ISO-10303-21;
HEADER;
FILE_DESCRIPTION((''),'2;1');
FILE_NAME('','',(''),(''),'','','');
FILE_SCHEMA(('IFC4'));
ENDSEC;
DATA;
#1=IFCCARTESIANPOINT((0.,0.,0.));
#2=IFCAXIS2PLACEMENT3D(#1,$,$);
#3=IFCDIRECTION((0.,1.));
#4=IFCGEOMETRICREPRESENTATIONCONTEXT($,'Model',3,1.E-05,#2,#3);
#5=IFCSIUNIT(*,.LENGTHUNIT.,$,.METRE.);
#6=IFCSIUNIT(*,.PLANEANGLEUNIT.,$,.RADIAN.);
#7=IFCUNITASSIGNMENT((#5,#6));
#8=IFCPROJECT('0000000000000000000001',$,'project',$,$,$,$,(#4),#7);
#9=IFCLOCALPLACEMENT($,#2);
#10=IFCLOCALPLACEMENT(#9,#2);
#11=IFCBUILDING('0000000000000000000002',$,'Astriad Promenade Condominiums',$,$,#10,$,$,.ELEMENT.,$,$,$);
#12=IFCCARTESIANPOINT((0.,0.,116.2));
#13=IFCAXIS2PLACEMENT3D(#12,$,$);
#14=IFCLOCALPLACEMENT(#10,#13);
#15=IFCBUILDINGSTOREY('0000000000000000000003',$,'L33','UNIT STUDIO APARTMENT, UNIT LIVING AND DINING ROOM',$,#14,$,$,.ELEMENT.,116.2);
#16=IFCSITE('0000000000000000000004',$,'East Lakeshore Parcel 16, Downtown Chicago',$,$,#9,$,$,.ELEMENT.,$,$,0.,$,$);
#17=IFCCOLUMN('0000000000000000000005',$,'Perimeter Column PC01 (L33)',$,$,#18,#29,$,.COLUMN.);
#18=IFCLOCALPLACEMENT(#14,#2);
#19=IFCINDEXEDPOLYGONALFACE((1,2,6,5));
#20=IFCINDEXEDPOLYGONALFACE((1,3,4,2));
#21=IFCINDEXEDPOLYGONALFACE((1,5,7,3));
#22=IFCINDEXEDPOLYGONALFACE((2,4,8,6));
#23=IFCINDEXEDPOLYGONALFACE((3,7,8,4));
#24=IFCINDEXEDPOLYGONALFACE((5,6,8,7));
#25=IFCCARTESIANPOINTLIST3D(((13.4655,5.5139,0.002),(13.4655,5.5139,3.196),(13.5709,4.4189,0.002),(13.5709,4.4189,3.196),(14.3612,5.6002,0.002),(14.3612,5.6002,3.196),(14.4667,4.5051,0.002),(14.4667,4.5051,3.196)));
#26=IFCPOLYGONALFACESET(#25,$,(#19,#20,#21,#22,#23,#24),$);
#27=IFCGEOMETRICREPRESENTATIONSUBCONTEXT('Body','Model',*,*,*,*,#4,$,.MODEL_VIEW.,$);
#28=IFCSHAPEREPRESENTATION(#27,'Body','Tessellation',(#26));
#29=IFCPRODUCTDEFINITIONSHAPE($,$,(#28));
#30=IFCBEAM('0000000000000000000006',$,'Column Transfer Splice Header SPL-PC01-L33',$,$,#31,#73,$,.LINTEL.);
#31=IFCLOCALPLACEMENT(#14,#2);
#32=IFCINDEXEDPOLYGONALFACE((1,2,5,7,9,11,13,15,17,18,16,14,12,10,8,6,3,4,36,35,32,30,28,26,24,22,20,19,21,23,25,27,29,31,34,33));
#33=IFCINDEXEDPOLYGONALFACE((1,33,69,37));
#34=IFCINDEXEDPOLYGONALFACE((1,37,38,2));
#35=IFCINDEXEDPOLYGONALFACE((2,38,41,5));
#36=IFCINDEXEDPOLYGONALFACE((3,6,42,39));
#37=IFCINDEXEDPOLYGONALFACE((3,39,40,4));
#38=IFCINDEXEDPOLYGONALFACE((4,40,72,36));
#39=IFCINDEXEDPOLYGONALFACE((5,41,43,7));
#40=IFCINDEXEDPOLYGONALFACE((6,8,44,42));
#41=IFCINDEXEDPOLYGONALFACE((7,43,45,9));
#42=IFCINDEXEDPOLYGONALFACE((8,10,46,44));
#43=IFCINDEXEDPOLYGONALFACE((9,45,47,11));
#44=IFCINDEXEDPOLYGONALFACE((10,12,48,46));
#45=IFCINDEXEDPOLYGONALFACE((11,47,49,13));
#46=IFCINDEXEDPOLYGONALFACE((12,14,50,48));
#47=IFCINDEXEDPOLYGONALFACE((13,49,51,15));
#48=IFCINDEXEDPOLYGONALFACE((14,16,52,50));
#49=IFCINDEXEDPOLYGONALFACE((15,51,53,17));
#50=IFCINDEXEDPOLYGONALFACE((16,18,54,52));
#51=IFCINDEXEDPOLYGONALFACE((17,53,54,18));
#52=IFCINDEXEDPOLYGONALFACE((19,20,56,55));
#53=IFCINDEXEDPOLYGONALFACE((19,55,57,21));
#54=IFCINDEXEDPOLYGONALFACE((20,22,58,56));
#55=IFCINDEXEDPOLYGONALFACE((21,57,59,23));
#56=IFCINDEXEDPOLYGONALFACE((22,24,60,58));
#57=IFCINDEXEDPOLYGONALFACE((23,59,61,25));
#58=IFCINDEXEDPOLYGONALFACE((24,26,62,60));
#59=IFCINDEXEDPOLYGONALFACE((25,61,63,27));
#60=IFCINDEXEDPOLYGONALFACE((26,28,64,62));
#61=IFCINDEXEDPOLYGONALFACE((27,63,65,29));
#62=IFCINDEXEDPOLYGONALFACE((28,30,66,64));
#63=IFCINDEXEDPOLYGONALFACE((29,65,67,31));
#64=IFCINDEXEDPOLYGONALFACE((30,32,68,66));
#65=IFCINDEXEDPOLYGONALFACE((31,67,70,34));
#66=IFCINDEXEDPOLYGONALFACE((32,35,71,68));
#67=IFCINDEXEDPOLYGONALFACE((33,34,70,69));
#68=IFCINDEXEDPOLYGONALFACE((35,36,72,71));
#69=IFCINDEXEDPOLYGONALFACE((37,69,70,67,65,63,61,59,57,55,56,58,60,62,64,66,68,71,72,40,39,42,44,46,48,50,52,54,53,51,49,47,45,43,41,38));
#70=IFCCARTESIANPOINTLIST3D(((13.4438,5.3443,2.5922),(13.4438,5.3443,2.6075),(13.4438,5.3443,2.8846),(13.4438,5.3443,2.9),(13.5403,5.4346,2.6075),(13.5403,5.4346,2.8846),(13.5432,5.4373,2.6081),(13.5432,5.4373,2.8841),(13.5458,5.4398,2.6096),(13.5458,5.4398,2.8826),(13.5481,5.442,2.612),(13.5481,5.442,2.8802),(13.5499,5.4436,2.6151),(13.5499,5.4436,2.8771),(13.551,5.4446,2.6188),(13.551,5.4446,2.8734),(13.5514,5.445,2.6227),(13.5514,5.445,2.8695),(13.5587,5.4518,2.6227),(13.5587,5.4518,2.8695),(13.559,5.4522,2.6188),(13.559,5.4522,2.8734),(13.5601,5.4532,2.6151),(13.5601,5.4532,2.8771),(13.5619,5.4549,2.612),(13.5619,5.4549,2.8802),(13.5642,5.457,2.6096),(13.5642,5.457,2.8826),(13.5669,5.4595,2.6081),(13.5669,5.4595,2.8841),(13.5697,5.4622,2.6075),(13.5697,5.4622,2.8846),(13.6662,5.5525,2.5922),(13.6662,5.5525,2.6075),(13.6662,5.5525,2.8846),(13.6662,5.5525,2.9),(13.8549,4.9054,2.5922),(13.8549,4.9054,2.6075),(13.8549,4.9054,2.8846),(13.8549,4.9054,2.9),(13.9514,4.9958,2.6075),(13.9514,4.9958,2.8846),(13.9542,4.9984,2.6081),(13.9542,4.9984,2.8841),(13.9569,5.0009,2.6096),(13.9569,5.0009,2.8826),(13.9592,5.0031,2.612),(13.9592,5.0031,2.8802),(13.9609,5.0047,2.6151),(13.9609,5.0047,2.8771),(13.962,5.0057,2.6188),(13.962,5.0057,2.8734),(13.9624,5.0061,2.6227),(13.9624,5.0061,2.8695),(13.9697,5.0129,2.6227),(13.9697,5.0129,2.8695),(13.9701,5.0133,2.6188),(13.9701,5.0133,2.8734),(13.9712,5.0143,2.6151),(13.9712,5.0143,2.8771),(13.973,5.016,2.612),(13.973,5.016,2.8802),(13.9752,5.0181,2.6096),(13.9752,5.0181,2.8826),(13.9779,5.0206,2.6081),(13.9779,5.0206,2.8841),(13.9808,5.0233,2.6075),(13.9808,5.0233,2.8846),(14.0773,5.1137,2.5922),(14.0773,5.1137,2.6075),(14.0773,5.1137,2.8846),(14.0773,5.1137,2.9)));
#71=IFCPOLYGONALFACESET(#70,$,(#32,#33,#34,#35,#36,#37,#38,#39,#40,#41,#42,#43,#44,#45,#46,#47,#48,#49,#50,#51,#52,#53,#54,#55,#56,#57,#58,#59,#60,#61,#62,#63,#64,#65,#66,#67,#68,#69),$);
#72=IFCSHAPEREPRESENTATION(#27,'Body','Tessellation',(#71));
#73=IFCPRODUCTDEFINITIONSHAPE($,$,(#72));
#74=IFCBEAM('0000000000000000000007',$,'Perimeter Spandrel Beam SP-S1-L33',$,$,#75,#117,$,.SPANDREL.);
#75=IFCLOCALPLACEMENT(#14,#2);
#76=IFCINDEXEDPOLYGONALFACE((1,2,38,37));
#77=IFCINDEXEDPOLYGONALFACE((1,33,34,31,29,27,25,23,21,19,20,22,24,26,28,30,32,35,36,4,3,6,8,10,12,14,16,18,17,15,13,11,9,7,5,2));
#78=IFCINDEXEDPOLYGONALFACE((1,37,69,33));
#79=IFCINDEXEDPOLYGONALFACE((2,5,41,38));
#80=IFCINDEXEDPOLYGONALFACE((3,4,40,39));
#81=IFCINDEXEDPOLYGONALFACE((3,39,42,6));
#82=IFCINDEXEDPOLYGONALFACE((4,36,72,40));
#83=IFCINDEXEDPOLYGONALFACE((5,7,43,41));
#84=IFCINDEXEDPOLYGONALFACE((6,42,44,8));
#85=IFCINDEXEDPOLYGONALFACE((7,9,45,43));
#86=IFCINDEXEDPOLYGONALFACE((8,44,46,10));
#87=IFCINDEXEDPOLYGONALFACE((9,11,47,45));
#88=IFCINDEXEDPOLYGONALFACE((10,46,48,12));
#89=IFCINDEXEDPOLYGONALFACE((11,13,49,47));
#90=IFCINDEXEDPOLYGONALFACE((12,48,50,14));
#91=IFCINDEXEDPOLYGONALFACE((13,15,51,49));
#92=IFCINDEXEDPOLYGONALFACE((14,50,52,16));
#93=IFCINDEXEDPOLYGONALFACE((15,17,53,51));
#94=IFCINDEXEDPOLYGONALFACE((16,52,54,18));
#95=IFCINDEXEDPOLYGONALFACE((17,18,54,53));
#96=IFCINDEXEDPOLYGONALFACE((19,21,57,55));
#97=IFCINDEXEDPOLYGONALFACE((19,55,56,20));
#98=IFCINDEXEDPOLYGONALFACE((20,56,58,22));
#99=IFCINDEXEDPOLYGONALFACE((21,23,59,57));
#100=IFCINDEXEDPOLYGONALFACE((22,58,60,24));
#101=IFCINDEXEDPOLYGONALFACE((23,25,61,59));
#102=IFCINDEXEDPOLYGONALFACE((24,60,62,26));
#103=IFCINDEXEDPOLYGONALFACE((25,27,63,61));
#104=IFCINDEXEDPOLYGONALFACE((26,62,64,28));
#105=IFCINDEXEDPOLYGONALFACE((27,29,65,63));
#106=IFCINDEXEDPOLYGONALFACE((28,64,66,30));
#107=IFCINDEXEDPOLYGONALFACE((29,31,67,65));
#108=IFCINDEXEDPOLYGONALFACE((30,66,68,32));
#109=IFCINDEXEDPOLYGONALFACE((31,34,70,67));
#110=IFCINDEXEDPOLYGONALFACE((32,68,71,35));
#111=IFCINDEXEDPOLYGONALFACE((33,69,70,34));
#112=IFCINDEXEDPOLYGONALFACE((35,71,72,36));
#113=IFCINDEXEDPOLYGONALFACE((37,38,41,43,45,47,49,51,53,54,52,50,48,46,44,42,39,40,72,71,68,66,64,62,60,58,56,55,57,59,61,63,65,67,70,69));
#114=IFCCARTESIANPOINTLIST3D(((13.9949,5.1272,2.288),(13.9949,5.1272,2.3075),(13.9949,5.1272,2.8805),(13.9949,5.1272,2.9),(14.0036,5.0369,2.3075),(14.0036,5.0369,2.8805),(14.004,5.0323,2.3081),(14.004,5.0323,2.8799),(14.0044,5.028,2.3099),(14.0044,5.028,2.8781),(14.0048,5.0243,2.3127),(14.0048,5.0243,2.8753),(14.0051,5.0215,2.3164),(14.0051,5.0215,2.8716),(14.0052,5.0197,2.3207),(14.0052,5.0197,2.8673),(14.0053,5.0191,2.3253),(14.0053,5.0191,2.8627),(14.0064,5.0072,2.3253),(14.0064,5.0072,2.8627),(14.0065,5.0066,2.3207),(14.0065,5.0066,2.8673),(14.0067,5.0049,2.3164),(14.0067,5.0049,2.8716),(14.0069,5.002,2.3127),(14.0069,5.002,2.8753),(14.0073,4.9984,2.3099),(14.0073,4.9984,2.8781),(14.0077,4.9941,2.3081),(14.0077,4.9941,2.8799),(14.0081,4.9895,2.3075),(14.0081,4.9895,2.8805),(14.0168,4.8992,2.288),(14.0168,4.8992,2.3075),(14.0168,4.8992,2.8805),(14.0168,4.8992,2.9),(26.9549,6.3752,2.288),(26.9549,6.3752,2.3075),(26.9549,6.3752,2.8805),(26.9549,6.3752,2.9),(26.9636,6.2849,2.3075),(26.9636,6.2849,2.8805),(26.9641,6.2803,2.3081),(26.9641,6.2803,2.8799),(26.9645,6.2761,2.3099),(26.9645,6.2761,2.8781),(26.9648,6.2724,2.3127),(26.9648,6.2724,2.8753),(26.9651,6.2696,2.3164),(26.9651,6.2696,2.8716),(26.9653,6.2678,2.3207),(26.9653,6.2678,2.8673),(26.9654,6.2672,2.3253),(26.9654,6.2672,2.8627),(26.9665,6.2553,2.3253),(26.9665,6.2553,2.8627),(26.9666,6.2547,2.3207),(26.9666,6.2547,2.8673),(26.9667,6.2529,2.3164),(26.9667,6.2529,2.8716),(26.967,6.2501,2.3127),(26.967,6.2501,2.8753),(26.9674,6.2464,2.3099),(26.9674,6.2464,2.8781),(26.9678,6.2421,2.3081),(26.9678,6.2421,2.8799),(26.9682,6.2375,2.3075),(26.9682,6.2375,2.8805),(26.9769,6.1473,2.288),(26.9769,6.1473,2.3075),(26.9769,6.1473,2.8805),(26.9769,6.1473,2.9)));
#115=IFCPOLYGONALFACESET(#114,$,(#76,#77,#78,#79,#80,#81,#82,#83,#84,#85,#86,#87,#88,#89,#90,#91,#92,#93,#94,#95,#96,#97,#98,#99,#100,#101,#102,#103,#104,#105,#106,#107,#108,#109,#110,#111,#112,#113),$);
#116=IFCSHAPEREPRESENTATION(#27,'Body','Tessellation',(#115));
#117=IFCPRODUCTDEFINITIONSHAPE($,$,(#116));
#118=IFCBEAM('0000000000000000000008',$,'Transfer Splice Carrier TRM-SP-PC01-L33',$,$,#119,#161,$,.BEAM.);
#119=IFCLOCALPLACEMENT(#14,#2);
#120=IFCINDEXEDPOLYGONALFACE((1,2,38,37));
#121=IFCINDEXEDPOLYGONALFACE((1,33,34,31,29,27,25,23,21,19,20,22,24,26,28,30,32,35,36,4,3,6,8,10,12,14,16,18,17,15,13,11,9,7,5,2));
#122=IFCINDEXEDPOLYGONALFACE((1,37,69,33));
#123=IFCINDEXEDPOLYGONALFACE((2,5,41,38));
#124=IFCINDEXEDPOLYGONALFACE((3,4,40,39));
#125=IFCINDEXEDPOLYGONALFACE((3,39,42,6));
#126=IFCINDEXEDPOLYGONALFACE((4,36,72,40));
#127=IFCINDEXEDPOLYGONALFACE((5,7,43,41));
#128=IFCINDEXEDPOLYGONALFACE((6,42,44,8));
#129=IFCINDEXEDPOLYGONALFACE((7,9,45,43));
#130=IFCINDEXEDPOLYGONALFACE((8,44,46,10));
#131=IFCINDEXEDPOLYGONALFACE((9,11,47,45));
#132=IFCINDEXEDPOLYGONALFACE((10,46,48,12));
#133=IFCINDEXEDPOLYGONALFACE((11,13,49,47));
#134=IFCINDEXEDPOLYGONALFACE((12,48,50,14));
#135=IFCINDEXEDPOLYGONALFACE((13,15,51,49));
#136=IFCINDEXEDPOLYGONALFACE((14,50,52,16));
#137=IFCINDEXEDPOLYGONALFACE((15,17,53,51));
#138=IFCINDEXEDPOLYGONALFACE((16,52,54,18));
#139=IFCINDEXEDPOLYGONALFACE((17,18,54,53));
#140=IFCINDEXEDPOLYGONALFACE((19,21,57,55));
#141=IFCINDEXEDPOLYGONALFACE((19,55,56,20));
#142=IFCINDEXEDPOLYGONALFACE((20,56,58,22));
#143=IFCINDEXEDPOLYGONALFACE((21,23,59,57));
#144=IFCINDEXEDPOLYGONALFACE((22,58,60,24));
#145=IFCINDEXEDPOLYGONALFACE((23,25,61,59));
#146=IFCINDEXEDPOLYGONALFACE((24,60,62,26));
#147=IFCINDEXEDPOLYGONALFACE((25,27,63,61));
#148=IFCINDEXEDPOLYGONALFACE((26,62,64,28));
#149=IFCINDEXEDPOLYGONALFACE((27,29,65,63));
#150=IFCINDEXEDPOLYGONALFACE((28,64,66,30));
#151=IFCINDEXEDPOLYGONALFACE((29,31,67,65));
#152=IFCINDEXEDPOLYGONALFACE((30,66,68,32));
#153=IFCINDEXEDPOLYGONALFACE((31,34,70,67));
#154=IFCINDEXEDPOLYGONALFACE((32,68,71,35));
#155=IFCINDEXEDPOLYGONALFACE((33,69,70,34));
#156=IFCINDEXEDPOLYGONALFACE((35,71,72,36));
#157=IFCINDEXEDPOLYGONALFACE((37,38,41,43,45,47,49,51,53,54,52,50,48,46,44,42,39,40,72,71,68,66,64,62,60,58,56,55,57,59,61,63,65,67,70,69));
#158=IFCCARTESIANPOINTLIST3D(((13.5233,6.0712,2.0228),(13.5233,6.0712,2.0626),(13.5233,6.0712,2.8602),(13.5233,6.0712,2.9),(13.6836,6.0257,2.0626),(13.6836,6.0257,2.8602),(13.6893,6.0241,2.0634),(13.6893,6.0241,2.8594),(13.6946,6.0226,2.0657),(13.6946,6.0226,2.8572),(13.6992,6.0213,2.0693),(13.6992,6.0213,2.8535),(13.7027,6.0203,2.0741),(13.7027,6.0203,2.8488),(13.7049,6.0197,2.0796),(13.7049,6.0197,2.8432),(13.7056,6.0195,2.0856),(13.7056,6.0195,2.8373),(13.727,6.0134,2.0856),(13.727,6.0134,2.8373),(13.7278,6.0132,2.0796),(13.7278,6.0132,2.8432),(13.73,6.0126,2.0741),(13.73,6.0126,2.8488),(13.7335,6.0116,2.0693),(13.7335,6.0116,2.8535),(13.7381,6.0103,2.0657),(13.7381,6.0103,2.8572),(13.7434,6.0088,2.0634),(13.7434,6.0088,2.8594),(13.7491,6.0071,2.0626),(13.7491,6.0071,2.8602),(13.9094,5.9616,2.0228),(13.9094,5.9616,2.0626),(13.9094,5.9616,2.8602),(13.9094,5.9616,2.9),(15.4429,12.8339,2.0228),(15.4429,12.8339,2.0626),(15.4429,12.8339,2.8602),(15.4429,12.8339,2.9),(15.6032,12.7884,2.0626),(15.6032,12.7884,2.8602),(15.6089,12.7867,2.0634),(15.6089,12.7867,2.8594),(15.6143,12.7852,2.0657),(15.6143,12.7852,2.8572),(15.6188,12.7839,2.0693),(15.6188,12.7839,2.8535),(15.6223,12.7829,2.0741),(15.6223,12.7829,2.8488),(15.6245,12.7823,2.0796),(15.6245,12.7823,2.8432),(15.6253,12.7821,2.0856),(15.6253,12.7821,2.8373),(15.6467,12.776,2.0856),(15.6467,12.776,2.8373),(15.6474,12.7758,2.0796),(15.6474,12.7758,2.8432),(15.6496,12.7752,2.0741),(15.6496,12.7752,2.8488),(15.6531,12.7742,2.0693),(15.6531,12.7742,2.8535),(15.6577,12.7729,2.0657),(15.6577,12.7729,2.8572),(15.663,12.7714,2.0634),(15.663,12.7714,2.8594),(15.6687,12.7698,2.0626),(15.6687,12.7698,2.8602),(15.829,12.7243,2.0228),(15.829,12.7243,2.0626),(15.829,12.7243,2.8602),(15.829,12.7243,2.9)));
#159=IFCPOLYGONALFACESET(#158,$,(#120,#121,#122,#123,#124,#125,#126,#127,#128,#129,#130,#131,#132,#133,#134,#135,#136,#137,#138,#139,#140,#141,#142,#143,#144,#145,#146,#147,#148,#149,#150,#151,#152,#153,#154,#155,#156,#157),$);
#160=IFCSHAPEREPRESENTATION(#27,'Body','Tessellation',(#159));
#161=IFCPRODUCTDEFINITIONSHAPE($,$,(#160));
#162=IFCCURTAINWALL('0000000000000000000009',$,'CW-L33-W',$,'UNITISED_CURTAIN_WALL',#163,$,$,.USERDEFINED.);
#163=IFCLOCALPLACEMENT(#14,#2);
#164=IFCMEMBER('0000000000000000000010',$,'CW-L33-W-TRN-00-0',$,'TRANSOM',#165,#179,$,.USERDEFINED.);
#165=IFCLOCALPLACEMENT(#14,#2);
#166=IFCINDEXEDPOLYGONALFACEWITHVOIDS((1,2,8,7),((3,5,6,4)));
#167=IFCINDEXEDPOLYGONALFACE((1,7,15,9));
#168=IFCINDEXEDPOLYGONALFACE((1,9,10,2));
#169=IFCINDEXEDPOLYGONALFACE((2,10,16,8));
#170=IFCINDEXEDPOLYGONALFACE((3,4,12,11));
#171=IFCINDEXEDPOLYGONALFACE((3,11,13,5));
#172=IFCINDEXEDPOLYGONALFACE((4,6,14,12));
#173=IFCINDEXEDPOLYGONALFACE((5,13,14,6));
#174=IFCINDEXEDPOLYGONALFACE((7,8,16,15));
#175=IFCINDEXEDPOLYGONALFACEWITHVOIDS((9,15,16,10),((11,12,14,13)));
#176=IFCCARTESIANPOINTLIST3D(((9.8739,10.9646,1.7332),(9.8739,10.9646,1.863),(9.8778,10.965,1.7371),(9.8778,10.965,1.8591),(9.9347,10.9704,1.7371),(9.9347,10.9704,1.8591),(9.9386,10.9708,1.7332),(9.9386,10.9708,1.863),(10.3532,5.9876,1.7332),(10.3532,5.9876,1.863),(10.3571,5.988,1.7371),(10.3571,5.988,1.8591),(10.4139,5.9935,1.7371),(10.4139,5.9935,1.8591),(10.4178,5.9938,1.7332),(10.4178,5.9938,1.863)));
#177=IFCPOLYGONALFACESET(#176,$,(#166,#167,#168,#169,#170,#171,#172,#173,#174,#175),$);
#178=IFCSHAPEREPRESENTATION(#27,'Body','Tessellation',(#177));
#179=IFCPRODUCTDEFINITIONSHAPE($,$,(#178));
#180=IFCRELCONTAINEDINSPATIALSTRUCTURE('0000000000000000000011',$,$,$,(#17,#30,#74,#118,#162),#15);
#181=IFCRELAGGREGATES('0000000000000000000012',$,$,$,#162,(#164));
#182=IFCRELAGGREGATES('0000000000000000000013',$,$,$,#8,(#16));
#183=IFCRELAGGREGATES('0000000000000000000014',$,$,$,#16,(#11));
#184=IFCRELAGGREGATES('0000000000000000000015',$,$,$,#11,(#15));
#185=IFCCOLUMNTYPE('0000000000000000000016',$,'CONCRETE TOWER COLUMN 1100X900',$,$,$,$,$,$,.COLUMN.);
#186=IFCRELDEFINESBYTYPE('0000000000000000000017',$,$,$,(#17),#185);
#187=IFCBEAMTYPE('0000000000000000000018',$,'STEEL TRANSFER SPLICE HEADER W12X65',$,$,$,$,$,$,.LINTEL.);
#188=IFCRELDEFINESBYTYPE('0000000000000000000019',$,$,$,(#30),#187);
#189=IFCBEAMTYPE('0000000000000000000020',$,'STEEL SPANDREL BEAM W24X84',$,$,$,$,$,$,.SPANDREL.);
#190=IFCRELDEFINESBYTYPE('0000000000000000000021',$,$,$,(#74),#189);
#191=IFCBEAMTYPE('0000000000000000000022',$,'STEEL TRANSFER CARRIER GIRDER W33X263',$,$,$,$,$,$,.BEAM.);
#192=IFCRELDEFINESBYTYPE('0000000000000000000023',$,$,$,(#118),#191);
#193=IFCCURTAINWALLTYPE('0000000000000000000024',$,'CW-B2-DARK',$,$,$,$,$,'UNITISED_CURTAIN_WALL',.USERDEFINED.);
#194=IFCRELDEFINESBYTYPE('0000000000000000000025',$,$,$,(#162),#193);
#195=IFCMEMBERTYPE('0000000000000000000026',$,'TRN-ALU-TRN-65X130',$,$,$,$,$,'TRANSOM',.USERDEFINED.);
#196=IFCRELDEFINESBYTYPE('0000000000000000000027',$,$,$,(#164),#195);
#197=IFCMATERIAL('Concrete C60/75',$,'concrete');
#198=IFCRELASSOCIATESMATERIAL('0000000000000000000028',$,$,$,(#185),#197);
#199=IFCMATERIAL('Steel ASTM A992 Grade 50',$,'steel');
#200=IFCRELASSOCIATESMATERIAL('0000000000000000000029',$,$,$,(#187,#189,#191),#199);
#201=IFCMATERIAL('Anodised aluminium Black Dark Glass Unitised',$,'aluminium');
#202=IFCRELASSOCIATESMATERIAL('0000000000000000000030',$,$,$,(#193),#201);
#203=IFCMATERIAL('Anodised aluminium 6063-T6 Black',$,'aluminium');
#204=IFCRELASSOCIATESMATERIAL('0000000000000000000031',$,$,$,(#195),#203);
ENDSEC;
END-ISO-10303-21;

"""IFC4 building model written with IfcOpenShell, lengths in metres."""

from ifc_helpers import new_model, si_unit, direction, frame, origin, origin_2d, place, context, subcontext, project, spatial, rectangle, hollow_rectangle, i_section, extrude, source, transform, mapped, material, material_profile, profile_set, type_object, type_shapes, element, aggregate, save


model = new_model("IFC4")

# Units and contexts
model_context = context("Model", 3, precision=1e-05, world=origin(), true_north=direction((0.0, 1.0)))
body_context = subcontext(model_context, "Body", "Model", "MODEL_VIEW")
ifc_project = project(units=[si_unit("LENGTHUNIT", "METRE"), si_unit("PLANEANGLEUNIT", "RADIAN")], contexts=[model_context])

# Site, building, storey
site_placement = place(None, origin())
site = spatial("IfcSite", under=ifc_project, at=site_placement, Name="East Lakeshore Parcel 16, Downtown Chicago", CompositionType="ELEMENT", RefElevation=0.0)
building_placement = place(site_placement, origin())
building = spatial("IfcBuilding", under=site, at=building_placement, Name="Astriad Promenade Condominiums", CompositionType="ELEMENT")
storey_placement = place(building_placement, frame((0.0, 0.0, 116.2)))
storey = spatial("IfcBuildingStorey", under=building, at=storey_placement, Name="L33", Description="UNIT STUDIO APARTMENT, UNIT LIVING AND DINING ROOM", CompositionType="ELEMENT", Elevation=116.2)

# Column
ifc_material_1 = material(Name="Concrete C60/75", Category="concrete")
ifc_material_profile_1 = material_profile(ifc_material_1, rectangle(XDim=0.8999, YDim=1.1001, at=origin_2d()), Name="RC-COL-1100X900")
ifc_profile_set_1 = profile_set([ifc_material_profile_1], Name="Concrete C60/75")
column_type = type_object("IfcColumnType", Name="CONCRETE TOWER COLUMN 1100X900", PredefinedType="COLUMN", material=ifc_profile_set_1)
shared_shape_1 = source(origin(), body_context, "Body", "SweptSolid", [
    extrude(rectangle(XDim=0.8999, YDim=1.1001, at=origin_2d()), origin(), (0.0, 0.0, 1.0), 3.1941),
])
type_shapes(column_type, [shared_shape_1])
column_placement = place(storey_placement, frame((13.9661, 5.0095, 0.002), z_axis=(0.0, 0.0, 1.0), x_axis=(0.995396, 0.095846, 0.0)))
element("IfcColumn", 1, at=column_placement, inside=storey, type_object=column_type, Name="Perimeter Column PC01 (L33)", PredefinedType="COLUMN", context=body_context, shape_type="MappedRepresentation", body=[
    mapped(shared_shape_1, transform((0.0, 0.0, 0.0), scale=1.0)),
])

# Beams
ifc_material_2 = material(Name="Steel ASTM A992 Grade 50", Category="steel")
ifc_material_profile_2 = material_profile(ifc_material_2, i_section(OverallWidth=0.3047, OverallDepth=0.3079, WebThickness=0.01, FlangeThickness=0.0154, FilletRadius=0.0151, at=origin_2d()), Name="W12X65")
ifc_profile_set_2 = profile_set([ifc_material_profile_2], Name="Steel ASTM A992 Grade 50")
beam_type_1 = type_object("IfcBeamType", Name="STEEL TRANSFER SPLICE HEADER W12X65", PredefinedType="LINTEL", material=ifc_profile_set_2)
shared_shape_2 = source(origin(), body_context, "Body", "SweptSolid", [
    extrude(i_section(OverallWidth=0.3047, OverallDepth=0.3079, WebThickness=0.01, FlangeThickness=0.0154, FilletRadius=0.0151, at=origin_2d()), origin(), (0.0, 0.0, 1.0), 0.6013),
])
type_shapes(beam_type_1, [shared_shape_2])
beam_1_placement = place(storey_placement, frame((13.9661, 5.0095, 2.7461), z_axis=(-0.68359, 0.729866, 0.0), x_axis=(-0.729866, -0.68359, 0.0)))
element("IfcBeam", 2, at=beam_1_placement, inside=storey, type_object=beam_type_1, Name="Column Transfer Splice Header SPL-PC01-L33", PredefinedType="LINTEL", context=body_context, shape_type="MappedRepresentation", body=[
    mapped(shared_shape_2, transform((0.0, 0.0, 0.0), scale=1.0)),
])
ifc_material_profile_3 = material_profile(ifc_material_2, i_section(OverallWidth=0.229, OverallDepth=0.6121, WebThickness=0.012, FlangeThickness=0.0195, FilletRadius=0.0178, at=origin_2d()), Name="W24X84")
ifc_profile_set_3 = profile_set([ifc_material_profile_3], Name="Steel ASTM A992 Grade 50")
beam_type_2 = type_object("IfcBeamType", Name="STEEL SPANDREL BEAM W24X84", PredefinedType="SPANDREL", material=ifc_profile_set_3)
shared_shape_3 = source(origin(), body_context, "Body", "SweptSolid", [
    extrude(i_section(OverallWidth=0.229, OverallDepth=0.6121, WebThickness=0.012, FlangeThickness=0.0195, FilletRadius=0.0178, at=origin_2d()), origin(), (0.0, 0.0, 1.0), 13.02),
])
type_shapes(beam_type_2, [shared_shape_3])
beam_2_placement = place(storey_placement, frame((14.0059, 5.0132, 2.594), z_axis=(0.995395, 0.095857, 0.0), x_axis=(-0.095857, 0.995395, 0.0)))
element("IfcBeam", 3, at=beam_2_placement, inside=storey, type_object=beam_type_2, Name="Perimeter Spandrel Beam SP-S1-L33", PredefinedType="SPANDREL", context=body_context, shape_type="MappedRepresentation", body=[
    mapped(shared_shape_3, transform((0.0, 0.0, 0.0), scale=1.0)),
])
ifc_material_profile_4 = material_profile(ifc_material_2, i_section(OverallWidth=0.4014, OverallDepth=0.8772, WebThickness=0.0222, FlangeThickness=0.0398, FilletRadius=0.0229, at=origin_2d()), Name="W33X263")
ifc_profile_set_4 = profile_set([ifc_material_profile_4], Name="Steel ASTM A992 Grade 50")
beam_type_3 = type_object("IfcBeamType", Name="STEEL TRANSFER CARRIER GIRDER W33X263", PredefinedType="BEAM", material=ifc_profile_set_4)
shared_shape_4 = source(origin(), body_context, "Body", "SweptSolid", [
    extrude(i_section(OverallWidth=0.4014, OverallDepth=0.8772, WebThickness=0.0222, FlangeThickness=0.0398, FilletRadius=0.0229, at=origin_2d()), origin(), (0.0, 0.0, 1.0), 7.0298),
])
type_shapes(beam_type_3, [shared_shape_4])
beam_3_placement = place(storey_placement, frame((15.636, 12.7791, 2.4614), z_axis=(-0.273074, -0.961993, 0.0), x_axis=(0.961993, -0.273074, 0.0)))
element("IfcBeam", 4, at=beam_3_placement, inside=storey, type_object=beam_type_3, Name="Transfer Splice Carrier TRM-SP-PC01-L33", PredefinedType="BEAM", context=body_context, shape_type="MappedRepresentation", body=[
    mapped(shared_shape_4, transform((0.0, 0.0, 0.0), scale=1.0)),
])

# Curtain wall, member
ifc_material_3 = material(Name="Anodised aluminium Black Dark Glass Unitised", Category="aluminium")
curtain_wall_type = type_object("IfcCurtainWallType", Name="CW-B2-DARK", ElementType="UNITISED_CURTAIN_WALL", PredefinedType="USERDEFINED", material=ifc_material_3)
curtain_wall_placement = place(storey_placement, origin())
curtain_wall = element("IfcCurtainWall", 5, at=curtain_wall_placement, inside=storey, type_object=curtain_wall_type, Name="CW-L33-W", ObjectType="UNITISED_CURTAIN_WALL", PredefinedType="USERDEFINED")
ifc_material_4 = material(Name="Anodised aluminium 6063-T6 Black", Category="aluminium")
ifc_material_profile_5 = material_profile(ifc_material_4, hollow_rectangle(XDim=0.0649, YDim=0.1299, WallThickness=0.0039, at=origin_2d()), Name="ALU-TRN-65X130")
ifc_profile_set_5 = profile_set([ifc_material_profile_5], Name="Anodised aluminium 6063-T6 Black")
member_type = type_object("IfcMemberType", Name="TRN-ALU-TRN-65X130", ElementType="TRANSOM", PredefinedType="USERDEFINED", material=ifc_profile_set_5)
shared_shape_5 = source(origin(), body_context, "Body", "SweptSolid", [
    extrude(hollow_rectangle(XDim=0.0649, YDim=0.1299, WallThickness=0.0039, at=origin_2d()), origin(), (0.0, 0.0, 1.0), 5.0),
])
type_shapes(member_type, [shared_shape_5])
member_placement = place(storey_placement, frame((10.3855, 5.9907, 1.7981), z_axis=(-0.095848, 0.995396, 0.0), x_axis=(-0.995396, -0.095848, 0.0)))
member = element("IfcMember", 6, at=member_placement, type_object=member_type, Name="CW-L33-W-TRN-00-0", ObjectType="TRANSOM", PredefinedType="USERDEFINED", context=body_context, shape_type="MappedRepresentation", body=[
    mapped(shared_shape_5, transform((0.0, 0.0, 0.0), scale=1.0)),
])
aggregate(curtain_wall, [member])

save(model, "model.ifc")
